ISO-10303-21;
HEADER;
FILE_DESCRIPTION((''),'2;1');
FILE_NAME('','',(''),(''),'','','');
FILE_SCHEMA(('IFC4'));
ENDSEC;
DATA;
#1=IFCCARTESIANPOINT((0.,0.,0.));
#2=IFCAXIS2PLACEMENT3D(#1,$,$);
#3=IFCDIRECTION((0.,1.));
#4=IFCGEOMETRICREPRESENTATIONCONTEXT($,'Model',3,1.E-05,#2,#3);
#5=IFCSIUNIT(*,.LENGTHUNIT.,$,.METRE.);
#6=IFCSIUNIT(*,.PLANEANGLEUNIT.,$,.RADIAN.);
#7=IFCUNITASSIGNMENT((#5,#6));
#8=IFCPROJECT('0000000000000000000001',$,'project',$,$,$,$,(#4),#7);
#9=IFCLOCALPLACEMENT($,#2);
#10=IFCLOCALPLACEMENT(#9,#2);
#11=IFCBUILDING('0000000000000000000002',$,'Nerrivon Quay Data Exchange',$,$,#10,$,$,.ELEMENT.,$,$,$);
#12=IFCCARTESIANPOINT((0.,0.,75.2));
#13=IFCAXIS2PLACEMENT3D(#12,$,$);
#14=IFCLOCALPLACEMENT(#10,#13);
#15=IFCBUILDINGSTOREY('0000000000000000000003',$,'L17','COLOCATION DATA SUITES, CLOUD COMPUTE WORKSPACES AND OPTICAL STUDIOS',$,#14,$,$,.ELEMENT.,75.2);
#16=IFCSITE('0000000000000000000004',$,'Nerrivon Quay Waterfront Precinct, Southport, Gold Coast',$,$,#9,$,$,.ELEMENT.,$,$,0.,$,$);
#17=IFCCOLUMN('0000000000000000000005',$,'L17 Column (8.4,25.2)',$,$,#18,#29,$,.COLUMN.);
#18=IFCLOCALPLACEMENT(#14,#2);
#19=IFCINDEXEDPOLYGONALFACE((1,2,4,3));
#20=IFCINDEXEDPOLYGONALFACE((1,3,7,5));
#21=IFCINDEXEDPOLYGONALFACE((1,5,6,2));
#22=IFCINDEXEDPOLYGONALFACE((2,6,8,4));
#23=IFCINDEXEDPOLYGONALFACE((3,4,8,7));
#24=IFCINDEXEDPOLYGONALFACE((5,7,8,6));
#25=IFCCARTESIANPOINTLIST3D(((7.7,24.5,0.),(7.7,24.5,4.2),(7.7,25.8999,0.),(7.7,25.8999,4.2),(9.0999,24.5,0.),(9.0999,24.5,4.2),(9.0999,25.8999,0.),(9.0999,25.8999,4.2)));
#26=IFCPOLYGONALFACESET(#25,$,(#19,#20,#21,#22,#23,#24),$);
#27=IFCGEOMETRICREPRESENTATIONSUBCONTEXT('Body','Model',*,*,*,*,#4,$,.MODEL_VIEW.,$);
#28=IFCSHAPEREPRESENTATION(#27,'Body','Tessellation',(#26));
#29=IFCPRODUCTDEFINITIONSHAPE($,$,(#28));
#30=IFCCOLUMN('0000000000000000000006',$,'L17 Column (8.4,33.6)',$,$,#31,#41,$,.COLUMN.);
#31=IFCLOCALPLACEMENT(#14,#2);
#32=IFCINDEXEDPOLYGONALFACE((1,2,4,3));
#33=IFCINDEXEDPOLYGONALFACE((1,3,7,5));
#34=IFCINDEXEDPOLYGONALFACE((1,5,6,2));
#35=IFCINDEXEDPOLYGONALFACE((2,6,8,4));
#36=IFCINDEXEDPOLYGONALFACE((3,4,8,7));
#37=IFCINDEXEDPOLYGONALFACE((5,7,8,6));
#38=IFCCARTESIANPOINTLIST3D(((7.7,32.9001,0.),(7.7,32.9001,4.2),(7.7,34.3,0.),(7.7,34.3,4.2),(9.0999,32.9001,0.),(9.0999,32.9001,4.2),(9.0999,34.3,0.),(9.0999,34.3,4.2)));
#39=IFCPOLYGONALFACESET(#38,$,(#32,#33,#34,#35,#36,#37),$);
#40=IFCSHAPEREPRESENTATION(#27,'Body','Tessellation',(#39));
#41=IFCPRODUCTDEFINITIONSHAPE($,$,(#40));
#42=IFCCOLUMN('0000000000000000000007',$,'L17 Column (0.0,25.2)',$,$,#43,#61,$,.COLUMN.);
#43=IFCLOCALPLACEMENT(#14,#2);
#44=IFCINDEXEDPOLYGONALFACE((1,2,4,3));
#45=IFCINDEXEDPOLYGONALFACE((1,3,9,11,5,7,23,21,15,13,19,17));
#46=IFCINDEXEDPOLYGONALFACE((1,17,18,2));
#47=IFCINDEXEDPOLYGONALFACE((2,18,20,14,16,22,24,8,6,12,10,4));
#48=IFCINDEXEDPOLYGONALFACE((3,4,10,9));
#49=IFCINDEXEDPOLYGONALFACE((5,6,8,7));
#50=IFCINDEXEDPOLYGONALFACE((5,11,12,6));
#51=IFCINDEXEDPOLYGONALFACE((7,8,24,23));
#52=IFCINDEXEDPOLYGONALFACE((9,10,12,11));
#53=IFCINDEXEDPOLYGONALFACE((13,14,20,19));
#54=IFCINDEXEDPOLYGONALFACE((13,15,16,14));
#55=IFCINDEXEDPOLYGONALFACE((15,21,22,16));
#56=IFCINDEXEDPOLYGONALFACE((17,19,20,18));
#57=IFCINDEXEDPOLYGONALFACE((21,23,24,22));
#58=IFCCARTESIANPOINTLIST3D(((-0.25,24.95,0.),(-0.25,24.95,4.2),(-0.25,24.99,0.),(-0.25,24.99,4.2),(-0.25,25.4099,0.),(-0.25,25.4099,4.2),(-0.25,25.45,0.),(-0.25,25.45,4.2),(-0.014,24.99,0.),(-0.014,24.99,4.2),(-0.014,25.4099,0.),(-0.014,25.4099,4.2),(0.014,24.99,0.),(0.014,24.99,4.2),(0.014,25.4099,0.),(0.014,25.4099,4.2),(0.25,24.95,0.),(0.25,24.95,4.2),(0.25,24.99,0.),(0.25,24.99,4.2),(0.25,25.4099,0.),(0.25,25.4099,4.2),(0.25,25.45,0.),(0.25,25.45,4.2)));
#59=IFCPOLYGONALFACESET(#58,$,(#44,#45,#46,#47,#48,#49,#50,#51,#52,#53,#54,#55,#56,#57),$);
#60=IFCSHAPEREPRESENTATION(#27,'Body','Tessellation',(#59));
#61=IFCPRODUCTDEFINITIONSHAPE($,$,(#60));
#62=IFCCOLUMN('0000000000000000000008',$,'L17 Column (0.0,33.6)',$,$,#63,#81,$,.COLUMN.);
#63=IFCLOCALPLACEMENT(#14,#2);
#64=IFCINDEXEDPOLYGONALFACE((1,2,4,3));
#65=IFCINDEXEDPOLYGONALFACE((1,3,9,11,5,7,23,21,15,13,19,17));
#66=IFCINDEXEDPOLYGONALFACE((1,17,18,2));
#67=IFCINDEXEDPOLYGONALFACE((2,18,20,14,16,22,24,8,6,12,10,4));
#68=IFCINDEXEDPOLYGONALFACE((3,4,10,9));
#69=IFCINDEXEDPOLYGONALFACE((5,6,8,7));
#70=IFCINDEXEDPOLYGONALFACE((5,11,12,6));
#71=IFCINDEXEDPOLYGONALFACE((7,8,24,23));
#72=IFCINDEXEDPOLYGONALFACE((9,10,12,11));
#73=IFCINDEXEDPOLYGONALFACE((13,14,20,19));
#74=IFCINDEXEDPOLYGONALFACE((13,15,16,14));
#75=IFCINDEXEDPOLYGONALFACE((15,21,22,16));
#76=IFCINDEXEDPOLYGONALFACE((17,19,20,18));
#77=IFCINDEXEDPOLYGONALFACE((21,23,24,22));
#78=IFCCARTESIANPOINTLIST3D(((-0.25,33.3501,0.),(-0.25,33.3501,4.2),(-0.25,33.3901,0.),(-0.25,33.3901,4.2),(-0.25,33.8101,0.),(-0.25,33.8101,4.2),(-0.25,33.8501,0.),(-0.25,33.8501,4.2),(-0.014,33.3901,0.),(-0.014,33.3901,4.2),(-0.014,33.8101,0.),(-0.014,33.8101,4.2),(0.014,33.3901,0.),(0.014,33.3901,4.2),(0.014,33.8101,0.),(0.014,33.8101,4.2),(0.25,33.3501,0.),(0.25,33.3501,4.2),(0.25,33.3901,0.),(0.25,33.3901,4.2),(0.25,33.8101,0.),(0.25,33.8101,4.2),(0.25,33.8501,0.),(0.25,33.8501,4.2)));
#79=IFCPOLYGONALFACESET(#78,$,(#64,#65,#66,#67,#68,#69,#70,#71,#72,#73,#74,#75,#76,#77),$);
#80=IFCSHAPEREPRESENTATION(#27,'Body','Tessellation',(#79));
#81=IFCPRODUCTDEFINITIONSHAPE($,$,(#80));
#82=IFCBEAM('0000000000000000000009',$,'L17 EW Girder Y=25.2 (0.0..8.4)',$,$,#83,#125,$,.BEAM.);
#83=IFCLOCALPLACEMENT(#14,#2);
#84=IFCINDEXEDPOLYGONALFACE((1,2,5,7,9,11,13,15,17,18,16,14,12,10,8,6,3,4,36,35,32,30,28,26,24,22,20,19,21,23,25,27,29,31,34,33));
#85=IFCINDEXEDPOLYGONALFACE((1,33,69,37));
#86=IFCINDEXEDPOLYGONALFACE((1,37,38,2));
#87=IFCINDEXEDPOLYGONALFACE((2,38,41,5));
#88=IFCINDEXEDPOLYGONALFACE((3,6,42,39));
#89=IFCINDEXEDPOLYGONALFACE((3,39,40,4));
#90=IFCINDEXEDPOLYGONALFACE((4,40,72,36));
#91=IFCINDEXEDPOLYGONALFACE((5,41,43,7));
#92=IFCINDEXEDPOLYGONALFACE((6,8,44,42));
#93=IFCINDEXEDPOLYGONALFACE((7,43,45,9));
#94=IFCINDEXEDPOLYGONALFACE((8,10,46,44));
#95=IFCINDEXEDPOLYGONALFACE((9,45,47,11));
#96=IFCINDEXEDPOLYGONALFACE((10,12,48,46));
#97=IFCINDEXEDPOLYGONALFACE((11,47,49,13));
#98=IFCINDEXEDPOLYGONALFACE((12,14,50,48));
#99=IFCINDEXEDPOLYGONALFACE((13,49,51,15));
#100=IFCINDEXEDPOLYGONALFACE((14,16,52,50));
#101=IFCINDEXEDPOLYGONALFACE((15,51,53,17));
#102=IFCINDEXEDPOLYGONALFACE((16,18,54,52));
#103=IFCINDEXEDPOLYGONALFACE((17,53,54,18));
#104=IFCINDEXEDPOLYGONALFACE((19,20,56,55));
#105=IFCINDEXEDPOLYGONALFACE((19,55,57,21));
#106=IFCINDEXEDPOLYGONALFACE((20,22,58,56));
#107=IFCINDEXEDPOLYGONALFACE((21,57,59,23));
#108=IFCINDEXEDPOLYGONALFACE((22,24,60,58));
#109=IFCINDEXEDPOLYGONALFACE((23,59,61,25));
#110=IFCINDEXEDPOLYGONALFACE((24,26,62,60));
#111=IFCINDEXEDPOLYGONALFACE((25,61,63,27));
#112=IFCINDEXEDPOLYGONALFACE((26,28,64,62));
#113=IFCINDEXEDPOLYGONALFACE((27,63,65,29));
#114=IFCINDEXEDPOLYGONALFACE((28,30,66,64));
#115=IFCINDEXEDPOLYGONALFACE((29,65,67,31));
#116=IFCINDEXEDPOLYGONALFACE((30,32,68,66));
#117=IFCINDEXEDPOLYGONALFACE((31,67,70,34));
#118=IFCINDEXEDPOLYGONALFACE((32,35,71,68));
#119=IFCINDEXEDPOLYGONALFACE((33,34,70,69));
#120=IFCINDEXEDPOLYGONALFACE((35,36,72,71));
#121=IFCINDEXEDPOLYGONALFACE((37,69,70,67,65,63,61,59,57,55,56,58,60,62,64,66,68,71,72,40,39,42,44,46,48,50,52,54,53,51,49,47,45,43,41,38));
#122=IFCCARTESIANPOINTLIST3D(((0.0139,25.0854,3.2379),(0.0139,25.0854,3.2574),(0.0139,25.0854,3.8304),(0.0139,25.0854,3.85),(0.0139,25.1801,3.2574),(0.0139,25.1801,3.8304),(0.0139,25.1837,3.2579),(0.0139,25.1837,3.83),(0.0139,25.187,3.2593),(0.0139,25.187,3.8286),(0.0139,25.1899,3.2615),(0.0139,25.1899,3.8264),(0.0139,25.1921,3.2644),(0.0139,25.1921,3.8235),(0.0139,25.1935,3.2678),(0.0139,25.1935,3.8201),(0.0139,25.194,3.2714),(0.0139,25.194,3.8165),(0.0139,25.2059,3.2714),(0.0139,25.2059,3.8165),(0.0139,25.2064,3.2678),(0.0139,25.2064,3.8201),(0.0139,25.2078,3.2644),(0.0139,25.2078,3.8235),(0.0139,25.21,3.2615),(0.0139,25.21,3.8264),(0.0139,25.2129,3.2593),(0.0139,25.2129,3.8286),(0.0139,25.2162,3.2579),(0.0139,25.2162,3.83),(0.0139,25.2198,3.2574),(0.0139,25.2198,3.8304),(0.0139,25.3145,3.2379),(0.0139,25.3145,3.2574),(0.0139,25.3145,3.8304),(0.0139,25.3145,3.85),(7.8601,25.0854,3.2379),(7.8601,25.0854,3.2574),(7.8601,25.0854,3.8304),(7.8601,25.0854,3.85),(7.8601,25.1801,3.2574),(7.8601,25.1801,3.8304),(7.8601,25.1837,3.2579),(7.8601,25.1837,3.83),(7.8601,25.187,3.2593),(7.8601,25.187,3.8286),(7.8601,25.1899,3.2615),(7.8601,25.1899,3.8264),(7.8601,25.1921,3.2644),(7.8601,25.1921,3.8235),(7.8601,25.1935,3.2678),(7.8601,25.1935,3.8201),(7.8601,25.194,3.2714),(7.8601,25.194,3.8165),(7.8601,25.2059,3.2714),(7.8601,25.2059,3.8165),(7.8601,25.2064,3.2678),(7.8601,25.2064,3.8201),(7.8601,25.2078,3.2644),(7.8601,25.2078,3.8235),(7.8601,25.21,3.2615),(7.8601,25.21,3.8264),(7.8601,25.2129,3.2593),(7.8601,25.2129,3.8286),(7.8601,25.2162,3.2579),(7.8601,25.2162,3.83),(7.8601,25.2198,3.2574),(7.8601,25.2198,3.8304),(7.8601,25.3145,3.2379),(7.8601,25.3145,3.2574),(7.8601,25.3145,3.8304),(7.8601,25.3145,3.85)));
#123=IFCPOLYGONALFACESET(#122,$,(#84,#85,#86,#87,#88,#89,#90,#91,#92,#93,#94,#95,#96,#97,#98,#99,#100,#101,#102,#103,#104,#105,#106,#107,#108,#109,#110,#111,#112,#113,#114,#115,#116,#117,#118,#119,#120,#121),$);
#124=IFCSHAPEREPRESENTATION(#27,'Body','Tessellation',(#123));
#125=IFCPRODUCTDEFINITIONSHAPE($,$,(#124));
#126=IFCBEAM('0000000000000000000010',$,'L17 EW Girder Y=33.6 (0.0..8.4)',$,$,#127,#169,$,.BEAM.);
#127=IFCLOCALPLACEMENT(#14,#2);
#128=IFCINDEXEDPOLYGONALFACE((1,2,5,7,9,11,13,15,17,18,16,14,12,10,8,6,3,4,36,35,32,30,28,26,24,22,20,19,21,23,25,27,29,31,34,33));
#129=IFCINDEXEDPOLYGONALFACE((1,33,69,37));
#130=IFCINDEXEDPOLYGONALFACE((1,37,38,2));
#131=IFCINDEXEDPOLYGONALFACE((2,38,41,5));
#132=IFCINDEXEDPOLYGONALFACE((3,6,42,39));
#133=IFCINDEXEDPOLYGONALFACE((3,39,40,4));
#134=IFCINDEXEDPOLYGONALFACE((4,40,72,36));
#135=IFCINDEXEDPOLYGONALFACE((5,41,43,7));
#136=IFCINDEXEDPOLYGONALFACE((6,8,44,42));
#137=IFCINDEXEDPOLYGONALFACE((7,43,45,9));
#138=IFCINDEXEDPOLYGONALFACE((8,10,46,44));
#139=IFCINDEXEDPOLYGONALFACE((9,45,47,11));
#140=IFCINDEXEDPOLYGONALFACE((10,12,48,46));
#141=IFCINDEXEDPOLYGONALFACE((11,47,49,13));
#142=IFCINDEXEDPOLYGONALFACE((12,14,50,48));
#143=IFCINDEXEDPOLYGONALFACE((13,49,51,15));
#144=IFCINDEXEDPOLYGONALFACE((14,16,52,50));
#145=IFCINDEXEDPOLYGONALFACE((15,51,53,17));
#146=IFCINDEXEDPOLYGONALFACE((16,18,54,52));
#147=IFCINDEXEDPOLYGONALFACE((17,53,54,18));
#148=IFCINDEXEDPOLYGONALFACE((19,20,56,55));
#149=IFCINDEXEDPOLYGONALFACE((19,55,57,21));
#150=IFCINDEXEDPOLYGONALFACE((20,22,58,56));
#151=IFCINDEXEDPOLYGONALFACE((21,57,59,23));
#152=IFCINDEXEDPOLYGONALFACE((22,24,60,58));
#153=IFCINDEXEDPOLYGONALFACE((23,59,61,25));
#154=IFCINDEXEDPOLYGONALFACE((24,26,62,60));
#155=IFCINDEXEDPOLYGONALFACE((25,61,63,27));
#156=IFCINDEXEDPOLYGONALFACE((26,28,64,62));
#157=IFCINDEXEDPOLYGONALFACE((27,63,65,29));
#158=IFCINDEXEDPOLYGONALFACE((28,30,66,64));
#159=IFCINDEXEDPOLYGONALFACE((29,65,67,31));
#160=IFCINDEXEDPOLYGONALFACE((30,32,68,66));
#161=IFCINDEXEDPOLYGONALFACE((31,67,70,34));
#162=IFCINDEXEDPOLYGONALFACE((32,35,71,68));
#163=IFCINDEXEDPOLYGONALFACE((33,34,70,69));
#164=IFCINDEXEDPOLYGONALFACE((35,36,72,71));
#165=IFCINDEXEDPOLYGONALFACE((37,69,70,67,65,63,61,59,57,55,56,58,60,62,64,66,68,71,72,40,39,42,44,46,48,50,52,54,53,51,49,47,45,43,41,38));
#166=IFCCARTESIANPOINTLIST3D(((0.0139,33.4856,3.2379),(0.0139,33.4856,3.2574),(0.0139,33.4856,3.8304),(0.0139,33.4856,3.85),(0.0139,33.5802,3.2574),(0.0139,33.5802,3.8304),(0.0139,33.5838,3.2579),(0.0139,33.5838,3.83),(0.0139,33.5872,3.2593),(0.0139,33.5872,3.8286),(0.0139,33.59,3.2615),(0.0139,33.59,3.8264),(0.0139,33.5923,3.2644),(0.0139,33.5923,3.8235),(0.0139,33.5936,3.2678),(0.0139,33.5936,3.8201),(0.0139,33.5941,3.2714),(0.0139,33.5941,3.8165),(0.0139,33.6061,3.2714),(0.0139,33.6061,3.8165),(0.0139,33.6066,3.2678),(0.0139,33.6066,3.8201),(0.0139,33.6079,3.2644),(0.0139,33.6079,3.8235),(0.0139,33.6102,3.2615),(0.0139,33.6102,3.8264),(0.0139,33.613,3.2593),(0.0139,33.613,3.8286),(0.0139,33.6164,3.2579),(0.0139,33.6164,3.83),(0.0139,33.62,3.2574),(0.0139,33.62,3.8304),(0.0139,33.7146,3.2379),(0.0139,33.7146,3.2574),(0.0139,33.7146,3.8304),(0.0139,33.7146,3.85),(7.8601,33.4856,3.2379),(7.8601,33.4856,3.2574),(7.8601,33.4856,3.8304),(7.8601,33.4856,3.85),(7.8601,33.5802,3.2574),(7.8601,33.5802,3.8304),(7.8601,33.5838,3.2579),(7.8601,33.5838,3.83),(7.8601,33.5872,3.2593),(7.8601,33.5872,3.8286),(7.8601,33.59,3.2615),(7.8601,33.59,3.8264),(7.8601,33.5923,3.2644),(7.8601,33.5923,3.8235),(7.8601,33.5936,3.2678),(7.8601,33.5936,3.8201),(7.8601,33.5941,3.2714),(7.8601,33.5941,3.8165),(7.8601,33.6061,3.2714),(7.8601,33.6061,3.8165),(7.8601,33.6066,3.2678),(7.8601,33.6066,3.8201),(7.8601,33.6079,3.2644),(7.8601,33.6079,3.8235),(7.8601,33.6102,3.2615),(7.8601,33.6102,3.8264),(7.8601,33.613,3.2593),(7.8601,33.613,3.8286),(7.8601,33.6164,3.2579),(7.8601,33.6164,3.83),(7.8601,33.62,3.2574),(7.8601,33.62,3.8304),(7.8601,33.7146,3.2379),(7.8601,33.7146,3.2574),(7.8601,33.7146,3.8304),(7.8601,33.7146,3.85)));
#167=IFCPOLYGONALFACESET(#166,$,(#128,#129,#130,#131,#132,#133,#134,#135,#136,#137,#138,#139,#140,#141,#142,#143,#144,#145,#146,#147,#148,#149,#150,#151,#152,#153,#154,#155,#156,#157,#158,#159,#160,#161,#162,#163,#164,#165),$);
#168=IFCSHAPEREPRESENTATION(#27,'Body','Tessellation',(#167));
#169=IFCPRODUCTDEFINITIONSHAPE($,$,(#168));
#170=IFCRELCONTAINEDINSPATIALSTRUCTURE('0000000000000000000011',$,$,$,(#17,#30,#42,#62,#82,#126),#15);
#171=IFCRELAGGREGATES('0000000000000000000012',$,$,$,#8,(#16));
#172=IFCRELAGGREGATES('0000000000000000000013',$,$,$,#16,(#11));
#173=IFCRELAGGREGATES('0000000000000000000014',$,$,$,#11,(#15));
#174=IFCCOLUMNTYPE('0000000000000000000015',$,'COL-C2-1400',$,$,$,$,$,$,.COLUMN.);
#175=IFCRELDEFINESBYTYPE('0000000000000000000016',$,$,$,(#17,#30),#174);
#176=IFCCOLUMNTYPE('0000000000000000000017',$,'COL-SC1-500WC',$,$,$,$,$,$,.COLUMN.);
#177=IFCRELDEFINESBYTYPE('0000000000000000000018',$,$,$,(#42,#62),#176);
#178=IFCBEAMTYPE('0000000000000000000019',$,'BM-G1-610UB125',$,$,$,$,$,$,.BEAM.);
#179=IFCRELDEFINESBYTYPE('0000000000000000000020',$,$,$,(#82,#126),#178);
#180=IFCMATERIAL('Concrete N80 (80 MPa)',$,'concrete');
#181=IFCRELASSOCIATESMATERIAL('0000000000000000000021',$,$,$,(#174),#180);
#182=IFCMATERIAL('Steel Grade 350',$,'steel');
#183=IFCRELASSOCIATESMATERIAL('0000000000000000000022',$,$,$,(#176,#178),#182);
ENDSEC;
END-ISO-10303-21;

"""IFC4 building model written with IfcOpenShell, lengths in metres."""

from ifc_helpers import new_model, si_unit, direction, frame, origin, origin_2d, place, context, subcontext, project, spatial, rectangle, i_section, extrude, material, material_profile, profile_set, type_object, element, save


model = new_model("IFC4")

# Units and contexts
model_context = context("Model", 3, precision=1e-05, world=origin(), true_north=direction((0.0, 1.0)))
body_context = subcontext(model_context, "Body", "Model", "MODEL_VIEW")
ifc_project = project(units=[si_unit("LENGTHUNIT", "METRE"), si_unit("PLANEANGLEUNIT", "RADIAN")], contexts=[model_context])

# Site, building, storey
site_placement = place(None, origin())
site = spatial("IfcSite", under=ifc_project, at=site_placement, Name="Nerrivon Quay Waterfront Precinct, Southport, Gold Coast", CompositionType="ELEMENT", RefElevation=0.0)
building_placement = place(site_placement, origin())
building = spatial("IfcBuilding", under=site, at=building_placement, Name="Nerrivon Quay Data Exchange", CompositionType="ELEMENT")
storey_placement = place(building_placement, frame((0.0, 0.0, 75.2)))
storey = spatial("IfcBuildingStorey", under=building, at=storey_placement, Name="L17", Description="COLOCATION DATA SUITES, CLOUD COMPUTE WORKSPACES AND OPTICAL STUDIOS", CompositionType="ELEMENT", Elevation=75.2)

# Columns
ifc_material_1 = material(Name="Concrete N80 (80 MPa)", Category="concrete")
ifc_material_profile_1 = material_profile(ifc_material_1, rectangle(XDim=1.3999, YDim=1.3999, at=origin_2d()), Name="RC-COL-1400x1400")
ifc_profile_set_1 = profile_set([ifc_material_profile_1], Name="Concrete N80 (80 MPa)")
column_type_1 = type_object("IfcColumnType", Name="COL-C2-1400", PredefinedType="COLUMN", material=ifc_profile_set_1)
for number, where, z_axis, x_axis, name in (
    (1, (8.3999, 25.2, 0.0), (0.0, 0.0, 1.0), (1.0, 0.0, 0.0), "L17 Column (8.4,25.2)"),
    (2, (8.3999, 33.6001, 0.0), (0.0, 0.0, 1.0), (1.0, 0.0, 0.0), "L17 Column (8.4,33.6)"),
):
    element("IfcColumn", number, at=place(storey_placement, frame(where, z_axis=z_axis, x_axis=x_axis)), inside=storey, type_object=column_type_1, Name=name, PredefinedType="COLUMN", context=body_context, shape_type="SweptSolid", body=[
        extrude(rectangle(XDim=1.3999, YDim=1.3999, at=origin_2d()), origin(), (0.0, 0.0, 1.0), 4.2),
    ])
ifc_material_2 = material(Name="Steel Grade 350", Category="steel")
ifc_material_profile_2 = material_profile(ifc_material_2, i_section(OverallWidth=0.5, OverallDepth=0.5, WebThickness=0.0281, FlangeThickness=0.04, at=origin_2d()), Name="500WC440")
ifc_profile_set_2 = profile_set([ifc_material_profile_2], Name="Steel Grade 350")
column_type_2 = type_object("IfcColumnType", Name="COL-SC1-500WC", PredefinedType="COLUMN", material=ifc_profile_set_2)
for number, where, z_axis, x_axis, name in (
    (3, (0.0, 25.2, 0.0), (0.0, 0.0, 1.0), (1.0, 0.0, 0.0), "L17 Column (0.0,25.2)"),
    (4, (0.0, 33.6001, 0.0), (0.0, 0.0, 1.0), (1.0, 0.0, 0.0), "L17 Column (0.0,33.6)"),
):
    element("IfcColumn", number, at=place(storey_placement, frame(where, z_axis=z_axis, x_axis=x_axis)), inside=storey, type_object=column_type_2, Name=name, PredefinedType="COLUMN", context=body_context, shape_type="SweptSolid", body=[
        extrude(i_section(OverallWidth=0.5, OverallDepth=0.5, WebThickness=0.0281, FlangeThickness=0.04, at=origin_2d()), origin(), (0.0, 0.0, 1.0), 4.2),
    ])

# Beams
ifc_material_profile_3 = material_profile(ifc_material_2, i_section(OverallWidth=0.229, OverallDepth=0.6121, WebThickness=0.012, FlangeThickness=0.0195, FilletRadius=0.0139, at=origin_2d()), Name="610UB125")
ifc_profile_set_3 = profile_set([ifc_material_profile_3], Name="Steel Grade 350")
beam_type_1 = type_object("IfcBeamType", Name="BM-G1-610UB125", PredefinedType="BEAM", material=ifc_profile_set_3)
for number, where, z_axis, x_axis, name in (
    (5, (0.0139, 25.2, 3.5439), (1.0, 0.0, 0.0), (0.0, 1.0, 0.0), "L17 EW Girder Y=25.2 (0.0..8.4)"),
    (6, (0.0139, 33.6001, 3.5439), (1.0, 0.0, 0.0), (0.0, 1.0, 0.0), "L17 EW Girder Y=33.6 (0.0..8.4)"),
):
    element("IfcBeam", number, at=place(storey_placement, frame(where, z_axis=z_axis, x_axis=x_axis)), inside=storey, type_object=beam_type_1, Name=name, PredefinedType="BEAM", context=body_context, shape_type="SweptSolid", body=[
        extrude(i_section(OverallWidth=0.229, OverallDepth=0.6121, WebThickness=0.012, FlangeThickness=0.0195, FilletRadius=0.0139, at=origin_2d()), origin(), (0.0, 0.0, 1.0), 7.8462),
    ])

save(model, "model.ifc")
